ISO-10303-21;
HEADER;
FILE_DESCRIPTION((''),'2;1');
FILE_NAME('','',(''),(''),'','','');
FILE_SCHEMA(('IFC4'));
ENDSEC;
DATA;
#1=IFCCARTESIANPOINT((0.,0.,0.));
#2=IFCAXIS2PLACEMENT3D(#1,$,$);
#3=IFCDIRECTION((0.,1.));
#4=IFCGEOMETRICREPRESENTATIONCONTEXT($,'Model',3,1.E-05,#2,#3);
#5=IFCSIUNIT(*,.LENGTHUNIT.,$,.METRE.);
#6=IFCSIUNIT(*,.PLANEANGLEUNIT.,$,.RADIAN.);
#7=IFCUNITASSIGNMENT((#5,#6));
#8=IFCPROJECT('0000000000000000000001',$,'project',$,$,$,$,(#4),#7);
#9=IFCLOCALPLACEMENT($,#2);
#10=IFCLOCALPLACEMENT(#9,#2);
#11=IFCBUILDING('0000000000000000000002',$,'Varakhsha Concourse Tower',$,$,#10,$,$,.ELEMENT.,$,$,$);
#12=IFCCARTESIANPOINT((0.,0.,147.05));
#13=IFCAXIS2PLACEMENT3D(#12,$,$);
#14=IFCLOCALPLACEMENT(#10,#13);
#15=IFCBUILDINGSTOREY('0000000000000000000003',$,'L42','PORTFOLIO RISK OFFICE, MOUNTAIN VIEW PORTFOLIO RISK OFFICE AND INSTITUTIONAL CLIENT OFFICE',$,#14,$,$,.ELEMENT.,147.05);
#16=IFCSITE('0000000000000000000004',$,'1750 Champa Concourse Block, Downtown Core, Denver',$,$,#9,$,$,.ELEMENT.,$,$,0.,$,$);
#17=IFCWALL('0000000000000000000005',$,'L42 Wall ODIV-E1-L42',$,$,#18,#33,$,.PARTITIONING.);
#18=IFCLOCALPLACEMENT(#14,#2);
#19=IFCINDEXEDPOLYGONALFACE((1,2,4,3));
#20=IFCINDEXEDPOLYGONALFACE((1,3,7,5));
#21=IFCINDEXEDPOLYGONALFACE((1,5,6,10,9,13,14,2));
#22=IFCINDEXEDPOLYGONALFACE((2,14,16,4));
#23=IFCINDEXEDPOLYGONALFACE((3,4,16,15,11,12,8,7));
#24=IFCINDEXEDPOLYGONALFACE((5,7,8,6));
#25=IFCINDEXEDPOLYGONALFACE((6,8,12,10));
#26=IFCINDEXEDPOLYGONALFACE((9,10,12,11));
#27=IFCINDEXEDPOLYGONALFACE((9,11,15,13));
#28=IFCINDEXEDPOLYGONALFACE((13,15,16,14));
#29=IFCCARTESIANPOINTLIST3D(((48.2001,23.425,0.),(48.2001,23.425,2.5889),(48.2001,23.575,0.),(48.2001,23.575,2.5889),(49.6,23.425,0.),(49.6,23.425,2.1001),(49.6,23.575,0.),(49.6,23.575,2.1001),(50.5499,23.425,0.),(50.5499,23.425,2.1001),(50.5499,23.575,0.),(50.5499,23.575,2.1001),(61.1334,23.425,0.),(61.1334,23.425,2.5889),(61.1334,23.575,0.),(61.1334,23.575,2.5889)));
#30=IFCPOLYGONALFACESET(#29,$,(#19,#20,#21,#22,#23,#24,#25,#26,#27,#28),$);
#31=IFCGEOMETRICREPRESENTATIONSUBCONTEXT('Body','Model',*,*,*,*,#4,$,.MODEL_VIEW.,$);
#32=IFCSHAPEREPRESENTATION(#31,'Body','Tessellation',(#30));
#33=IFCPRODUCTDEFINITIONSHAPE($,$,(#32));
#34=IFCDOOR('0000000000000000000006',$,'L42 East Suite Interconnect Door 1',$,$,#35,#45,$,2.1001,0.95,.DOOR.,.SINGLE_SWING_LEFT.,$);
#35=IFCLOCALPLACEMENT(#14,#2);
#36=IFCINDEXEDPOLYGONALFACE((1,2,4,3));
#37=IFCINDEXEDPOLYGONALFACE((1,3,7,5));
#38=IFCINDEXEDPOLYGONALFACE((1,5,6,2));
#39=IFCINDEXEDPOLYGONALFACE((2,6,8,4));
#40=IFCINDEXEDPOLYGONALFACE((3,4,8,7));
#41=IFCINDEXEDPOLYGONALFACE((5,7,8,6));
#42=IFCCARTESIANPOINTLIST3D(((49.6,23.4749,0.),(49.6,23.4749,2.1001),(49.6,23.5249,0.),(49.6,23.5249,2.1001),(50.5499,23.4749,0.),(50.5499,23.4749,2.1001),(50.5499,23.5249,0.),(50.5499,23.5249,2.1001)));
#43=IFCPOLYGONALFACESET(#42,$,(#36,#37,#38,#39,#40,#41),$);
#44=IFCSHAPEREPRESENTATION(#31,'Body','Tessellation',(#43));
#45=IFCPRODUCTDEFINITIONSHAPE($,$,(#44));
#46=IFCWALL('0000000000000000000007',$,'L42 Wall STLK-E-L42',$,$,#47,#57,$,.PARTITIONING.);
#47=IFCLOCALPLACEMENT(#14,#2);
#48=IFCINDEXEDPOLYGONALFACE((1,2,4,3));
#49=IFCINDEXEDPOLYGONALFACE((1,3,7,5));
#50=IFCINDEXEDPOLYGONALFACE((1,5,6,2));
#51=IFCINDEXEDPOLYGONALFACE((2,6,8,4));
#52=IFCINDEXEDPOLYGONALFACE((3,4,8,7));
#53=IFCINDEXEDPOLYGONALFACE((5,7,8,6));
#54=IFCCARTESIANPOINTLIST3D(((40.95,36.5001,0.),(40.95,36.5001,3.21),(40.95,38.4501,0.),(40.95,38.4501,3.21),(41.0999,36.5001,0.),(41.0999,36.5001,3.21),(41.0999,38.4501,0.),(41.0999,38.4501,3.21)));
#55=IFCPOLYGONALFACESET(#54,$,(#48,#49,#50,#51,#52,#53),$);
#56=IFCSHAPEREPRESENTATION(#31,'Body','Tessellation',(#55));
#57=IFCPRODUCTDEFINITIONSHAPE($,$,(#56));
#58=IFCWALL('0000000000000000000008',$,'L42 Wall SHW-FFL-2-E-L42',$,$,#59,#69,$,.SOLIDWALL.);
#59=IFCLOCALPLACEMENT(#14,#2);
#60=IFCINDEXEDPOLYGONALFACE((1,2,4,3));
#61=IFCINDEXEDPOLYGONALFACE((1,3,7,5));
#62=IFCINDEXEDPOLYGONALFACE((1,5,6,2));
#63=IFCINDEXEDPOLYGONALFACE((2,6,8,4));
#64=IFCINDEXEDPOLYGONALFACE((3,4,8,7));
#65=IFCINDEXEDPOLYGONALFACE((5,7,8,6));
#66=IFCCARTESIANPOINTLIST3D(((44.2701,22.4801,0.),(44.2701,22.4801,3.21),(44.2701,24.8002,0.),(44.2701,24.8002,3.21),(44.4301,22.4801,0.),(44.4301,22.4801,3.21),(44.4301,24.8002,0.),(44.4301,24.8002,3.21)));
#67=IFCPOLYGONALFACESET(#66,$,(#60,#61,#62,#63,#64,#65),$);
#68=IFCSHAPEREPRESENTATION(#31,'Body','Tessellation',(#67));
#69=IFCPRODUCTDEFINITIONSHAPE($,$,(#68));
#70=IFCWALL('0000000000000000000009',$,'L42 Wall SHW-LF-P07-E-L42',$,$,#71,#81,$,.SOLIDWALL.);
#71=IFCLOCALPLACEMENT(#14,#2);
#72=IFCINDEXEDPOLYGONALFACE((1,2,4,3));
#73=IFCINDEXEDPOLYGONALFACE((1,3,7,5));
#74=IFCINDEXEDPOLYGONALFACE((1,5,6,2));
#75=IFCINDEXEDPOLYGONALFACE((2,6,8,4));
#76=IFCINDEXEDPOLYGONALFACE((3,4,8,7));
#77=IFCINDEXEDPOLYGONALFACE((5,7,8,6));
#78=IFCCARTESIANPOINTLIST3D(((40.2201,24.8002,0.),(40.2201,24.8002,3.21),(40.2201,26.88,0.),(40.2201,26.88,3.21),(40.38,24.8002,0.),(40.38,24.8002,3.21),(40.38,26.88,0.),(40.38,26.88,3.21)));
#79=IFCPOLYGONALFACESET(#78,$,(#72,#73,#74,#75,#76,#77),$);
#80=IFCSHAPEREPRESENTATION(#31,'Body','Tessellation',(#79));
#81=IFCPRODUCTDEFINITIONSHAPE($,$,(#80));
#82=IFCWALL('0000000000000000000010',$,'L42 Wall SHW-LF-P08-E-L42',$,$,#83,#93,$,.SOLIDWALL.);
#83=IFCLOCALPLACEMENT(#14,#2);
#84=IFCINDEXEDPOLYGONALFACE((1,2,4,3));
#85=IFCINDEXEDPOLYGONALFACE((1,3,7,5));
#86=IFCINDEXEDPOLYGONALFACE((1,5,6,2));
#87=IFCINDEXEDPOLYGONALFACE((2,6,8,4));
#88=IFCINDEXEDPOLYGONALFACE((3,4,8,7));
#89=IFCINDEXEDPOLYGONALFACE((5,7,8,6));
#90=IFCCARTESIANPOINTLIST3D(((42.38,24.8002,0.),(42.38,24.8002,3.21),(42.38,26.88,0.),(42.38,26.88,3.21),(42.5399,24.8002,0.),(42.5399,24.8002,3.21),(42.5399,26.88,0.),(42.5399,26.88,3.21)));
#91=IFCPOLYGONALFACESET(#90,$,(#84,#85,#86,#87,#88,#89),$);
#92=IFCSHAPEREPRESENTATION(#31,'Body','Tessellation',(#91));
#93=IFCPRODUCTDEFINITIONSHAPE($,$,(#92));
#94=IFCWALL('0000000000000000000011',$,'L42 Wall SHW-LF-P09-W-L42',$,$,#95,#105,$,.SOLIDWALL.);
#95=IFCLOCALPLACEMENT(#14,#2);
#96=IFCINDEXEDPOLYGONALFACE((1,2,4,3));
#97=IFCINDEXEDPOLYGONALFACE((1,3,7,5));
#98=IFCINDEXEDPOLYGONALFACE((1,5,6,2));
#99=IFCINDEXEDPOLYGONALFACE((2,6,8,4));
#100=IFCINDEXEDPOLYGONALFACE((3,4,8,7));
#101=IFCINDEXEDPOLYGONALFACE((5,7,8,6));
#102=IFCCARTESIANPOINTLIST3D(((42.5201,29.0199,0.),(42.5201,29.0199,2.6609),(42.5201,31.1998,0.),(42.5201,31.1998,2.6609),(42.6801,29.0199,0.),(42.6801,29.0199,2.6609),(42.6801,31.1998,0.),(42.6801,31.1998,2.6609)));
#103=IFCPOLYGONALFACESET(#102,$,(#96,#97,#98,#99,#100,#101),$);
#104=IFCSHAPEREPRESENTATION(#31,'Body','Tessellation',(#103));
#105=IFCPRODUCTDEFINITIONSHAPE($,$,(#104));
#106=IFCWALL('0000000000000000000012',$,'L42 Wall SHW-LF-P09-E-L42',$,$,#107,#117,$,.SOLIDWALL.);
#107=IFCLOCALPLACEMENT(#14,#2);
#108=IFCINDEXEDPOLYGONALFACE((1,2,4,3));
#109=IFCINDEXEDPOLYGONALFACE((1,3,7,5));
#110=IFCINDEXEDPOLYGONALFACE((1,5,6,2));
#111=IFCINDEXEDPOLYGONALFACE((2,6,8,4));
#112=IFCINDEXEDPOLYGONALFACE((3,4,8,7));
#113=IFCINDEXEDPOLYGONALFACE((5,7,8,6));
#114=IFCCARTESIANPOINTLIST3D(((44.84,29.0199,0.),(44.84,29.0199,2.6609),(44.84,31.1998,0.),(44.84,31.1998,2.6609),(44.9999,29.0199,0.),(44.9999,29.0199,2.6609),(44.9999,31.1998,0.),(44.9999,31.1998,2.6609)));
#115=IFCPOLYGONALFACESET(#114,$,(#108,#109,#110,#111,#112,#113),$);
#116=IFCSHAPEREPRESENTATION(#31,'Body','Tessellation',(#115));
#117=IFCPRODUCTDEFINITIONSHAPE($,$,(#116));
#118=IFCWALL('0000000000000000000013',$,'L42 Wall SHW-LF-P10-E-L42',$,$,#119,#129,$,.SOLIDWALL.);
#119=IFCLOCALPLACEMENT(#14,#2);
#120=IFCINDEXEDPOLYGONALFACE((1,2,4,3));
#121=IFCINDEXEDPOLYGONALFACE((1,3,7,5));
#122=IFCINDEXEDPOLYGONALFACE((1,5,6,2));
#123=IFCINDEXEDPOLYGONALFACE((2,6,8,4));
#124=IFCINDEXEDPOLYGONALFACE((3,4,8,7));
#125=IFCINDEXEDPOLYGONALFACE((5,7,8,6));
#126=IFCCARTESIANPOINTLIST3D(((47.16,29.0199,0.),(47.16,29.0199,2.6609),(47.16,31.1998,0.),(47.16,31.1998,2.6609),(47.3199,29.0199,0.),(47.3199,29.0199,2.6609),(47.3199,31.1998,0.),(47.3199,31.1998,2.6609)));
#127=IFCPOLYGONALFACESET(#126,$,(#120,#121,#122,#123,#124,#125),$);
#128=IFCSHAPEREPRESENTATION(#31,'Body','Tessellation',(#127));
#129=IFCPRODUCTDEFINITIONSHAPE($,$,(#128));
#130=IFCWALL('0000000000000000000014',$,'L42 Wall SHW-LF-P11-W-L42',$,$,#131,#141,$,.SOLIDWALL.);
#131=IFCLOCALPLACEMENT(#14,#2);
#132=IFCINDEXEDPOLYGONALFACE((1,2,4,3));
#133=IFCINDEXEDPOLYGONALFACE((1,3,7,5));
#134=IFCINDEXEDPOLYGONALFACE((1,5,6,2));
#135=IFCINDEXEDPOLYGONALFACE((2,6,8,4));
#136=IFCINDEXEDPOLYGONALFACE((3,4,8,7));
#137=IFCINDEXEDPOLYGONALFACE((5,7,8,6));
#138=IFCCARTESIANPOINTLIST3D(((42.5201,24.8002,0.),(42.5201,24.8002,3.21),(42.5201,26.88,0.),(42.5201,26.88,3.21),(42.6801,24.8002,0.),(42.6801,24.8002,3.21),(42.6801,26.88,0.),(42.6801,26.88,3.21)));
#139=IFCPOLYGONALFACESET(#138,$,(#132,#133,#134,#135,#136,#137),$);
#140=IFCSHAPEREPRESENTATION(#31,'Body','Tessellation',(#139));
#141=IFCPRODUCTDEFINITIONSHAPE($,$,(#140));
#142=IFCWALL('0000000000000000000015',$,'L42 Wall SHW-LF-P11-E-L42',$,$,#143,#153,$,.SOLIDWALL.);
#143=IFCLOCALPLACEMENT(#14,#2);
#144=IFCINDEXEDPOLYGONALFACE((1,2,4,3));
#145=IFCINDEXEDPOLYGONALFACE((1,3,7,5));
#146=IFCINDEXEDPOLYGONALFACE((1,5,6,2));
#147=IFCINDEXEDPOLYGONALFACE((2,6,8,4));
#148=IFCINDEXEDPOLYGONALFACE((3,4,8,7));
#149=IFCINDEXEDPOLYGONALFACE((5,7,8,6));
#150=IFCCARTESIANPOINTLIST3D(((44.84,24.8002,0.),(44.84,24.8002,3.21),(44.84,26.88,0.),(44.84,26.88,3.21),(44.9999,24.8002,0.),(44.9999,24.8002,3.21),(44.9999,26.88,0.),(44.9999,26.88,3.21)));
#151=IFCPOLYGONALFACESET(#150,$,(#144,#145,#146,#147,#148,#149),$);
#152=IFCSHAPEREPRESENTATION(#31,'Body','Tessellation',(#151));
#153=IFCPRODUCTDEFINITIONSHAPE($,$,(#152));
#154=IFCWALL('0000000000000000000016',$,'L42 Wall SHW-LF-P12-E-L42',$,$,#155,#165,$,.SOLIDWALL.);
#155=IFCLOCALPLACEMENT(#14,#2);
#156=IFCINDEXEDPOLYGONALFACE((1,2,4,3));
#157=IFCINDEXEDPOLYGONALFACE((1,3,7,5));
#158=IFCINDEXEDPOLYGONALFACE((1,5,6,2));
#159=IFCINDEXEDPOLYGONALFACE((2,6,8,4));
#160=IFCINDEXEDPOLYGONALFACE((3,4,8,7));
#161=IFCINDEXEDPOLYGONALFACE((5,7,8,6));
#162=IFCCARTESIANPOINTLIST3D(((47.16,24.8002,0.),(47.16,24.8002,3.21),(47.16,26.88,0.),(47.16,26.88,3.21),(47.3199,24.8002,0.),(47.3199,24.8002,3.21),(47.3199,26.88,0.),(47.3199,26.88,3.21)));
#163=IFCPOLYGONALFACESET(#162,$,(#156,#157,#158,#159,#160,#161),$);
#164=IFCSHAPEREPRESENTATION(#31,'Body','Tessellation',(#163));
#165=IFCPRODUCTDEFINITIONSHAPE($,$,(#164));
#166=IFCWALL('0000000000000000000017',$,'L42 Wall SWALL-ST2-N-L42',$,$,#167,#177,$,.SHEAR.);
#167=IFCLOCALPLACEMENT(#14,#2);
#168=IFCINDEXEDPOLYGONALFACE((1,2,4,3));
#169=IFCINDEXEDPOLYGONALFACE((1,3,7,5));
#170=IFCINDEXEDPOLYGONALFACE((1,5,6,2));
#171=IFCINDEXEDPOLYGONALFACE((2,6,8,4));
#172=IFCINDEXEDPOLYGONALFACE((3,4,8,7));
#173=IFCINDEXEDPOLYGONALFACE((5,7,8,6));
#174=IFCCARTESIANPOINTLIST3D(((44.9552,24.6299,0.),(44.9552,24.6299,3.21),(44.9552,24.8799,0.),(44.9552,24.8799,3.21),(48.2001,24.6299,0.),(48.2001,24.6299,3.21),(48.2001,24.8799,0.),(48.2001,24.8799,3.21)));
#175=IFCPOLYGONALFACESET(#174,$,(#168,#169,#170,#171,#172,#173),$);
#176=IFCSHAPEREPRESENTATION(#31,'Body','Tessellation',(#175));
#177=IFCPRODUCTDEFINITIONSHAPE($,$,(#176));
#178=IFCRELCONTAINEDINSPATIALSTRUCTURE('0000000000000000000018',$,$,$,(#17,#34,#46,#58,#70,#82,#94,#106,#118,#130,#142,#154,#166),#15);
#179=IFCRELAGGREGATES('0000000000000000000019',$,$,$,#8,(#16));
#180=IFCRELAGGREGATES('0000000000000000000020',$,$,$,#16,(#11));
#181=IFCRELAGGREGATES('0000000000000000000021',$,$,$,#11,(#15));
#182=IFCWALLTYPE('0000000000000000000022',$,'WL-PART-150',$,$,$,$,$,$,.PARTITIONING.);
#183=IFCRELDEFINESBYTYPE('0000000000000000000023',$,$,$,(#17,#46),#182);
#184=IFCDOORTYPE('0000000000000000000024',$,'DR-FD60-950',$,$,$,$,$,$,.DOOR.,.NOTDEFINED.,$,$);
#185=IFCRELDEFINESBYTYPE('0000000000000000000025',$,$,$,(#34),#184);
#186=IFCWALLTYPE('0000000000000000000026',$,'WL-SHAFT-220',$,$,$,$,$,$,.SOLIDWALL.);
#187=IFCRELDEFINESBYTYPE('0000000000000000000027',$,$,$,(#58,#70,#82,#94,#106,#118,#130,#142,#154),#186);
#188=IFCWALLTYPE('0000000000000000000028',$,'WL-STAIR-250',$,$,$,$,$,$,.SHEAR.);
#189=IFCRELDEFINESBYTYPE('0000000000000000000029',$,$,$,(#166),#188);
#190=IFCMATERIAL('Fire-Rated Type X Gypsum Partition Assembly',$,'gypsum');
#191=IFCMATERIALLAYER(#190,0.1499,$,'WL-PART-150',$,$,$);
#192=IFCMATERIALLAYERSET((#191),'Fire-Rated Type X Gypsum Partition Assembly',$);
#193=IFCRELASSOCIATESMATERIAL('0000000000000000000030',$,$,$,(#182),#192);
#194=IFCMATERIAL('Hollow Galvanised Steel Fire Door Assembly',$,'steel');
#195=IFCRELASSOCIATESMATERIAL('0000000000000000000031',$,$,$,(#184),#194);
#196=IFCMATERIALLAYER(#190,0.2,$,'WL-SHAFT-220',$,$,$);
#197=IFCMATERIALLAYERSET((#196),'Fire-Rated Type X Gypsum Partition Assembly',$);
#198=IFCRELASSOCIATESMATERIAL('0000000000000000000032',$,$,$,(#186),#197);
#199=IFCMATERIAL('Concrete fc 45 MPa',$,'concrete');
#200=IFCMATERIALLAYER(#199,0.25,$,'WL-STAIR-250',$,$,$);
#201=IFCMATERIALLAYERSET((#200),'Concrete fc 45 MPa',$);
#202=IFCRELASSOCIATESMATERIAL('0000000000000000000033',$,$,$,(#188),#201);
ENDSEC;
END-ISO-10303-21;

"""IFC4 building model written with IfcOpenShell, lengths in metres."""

from ifc_helpers import new_model, si_unit, direction, frame, frame_2d, origin, place, context, subcontext, project, spatial, rectangle, extrude, material, layer, layer_set, type_object, element, fill, save


model = new_model("IFC4")

# Units and contexts
model_context = context("Model", 3, precision=1e-05, world=origin(), true_north=direction((0.0, 1.0)))
body_context = subcontext(model_context, "Body", "Model", "MODEL_VIEW")
ifc_project = project(units=[si_unit("LENGTHUNIT", "METRE"), si_unit("PLANEANGLEUNIT", "RADIAN")], contexts=[model_context])

# Site, building, storey
site_placement = place(None, origin())
site = spatial("IfcSite", under=ifc_project, at=site_placement, Name="1750 Champa Concourse Block, Downtown Core, Denver", CompositionType="ELEMENT", RefElevation=0.0)
building_placement = place(site_placement, origin())
building = spatial("IfcBuilding", under=site, at=building_placement, Name="Varakhsha Concourse Tower", CompositionType="ELEMENT")
storey_placement = place(building_placement, frame((0.0, 0.0, 147.05)))
storey = spatial("IfcBuildingStorey", under=building, at=storey_placement, Name="L42", Description="PORTFOLIO RISK OFFICE, MOUNTAIN VIEW PORTFOLIO RISK OFFICE AND INSTITUTIONAL CLIENT OFFICE", CompositionType="ELEMENT", Elevation=147.05)

# Shared definitions
ifc_material_1 = material(Name="Fire-Rated Type X Gypsum Partition Assembly", Category="gypsum")
ifc_layer_1 = layer(ifc_material_1, 0.1499, Name="WL-PART-150")
ifc_layer_set_1 = layer_set([ifc_layer_1], Name="Fire-Rated Type X Gypsum Partition Assembly")
wall_type_1 = type_object("IfcWallType", Name="WL-PART-150", PredefinedType="PARTITIONING", material=ifc_layer_set_1)

# Wall, opening, door
wall_1_placement = place(storey_placement, frame((48.2, 23.5, 0.0), z_axis=(0.0, 0.0, 1.0), x_axis=(1.0, 0.0, 0.0)))
wall_1 = element("IfcWall", 1, at=wall_1_placement, inside=storey, type_object=wall_type_1, Name="L42 Wall ODIV-E1-L42", PredefinedType="PARTITIONING", context=body_context, shape_type="SweptSolid", body=[
    extrude(rectangle(XDim=12.9333, YDim=0.1499, at=frame_2d((6.4668, 0.0))), origin(), (0.0, 0.0, 1.0), 2.5889),
])
opening_placement = place(wall_1_placement, frame((1.3999, 0.0, 0.0)))
opening = element("IfcOpeningElement", 2, at=opening_placement, cuts=wall_1, PredefinedType="OPENING", context=body_context, shape_type="SweptSolid", body=[
    extrude(rectangle(XDim=0.95, YDim=2.1001, at=frame_2d((0.4751, 1.05))), frame((0.0, 0.085, 0.0), z_axis=(0.0, -1.0, 0.0), x_axis=(1.0, 0.0, 0.0)), (0.0, 0.0, 1.0), 0.1699),
])
ifc_material_2 = material(Name="Hollow Galvanised Steel Fire Door Assembly", Category="steel")
door_type = type_object("IfcDoorType", Name="DR-FD60-950", OperationType="NOTDEFINED", PredefinedType="DOOR", material=ifc_material_2)
door_placement = place(opening_placement, origin())
door = element("IfcDoor", 3, at=door_placement, inside=storey, type_object=door_type, Name="L42 East Suite Interconnect Door 1", OperationType="SINGLE_SWING_LEFT", OverallHeight=2.1001, OverallWidth=0.95, PredefinedType="DOOR", context=body_context, shape_type="SweptSolid", body=[
    extrude(rectangle(XDim=0.95, YDim=2.1001, at=frame_2d((0.4751, 1.05))), frame((0.0, 0.0249, 0.0), z_axis=(0.0, -1.0, 0.0), x_axis=(1.0, 0.0, 0.0)), (0.0, 0.0, 1.0), 0.05),
])
fill(opening, door)

# Walls
wall_2_placement = place(storey_placement, frame((41.0249, 36.5, 0.0), z_axis=(0.0, 0.0, 1.0), x_axis=(0.0, 1.0, 0.0)))
element("IfcWall", 4, at=wall_2_placement, inside=storey, type_object=wall_type_1, Name="L42 Wall STLK-E-L42", PredefinedType="PARTITIONING", context=body_context, shape_type="SweptSolid", body=[
    extrude(rectangle(XDim=1.95, YDim=0.1499, at=frame_2d((0.9751, 0.0))), origin(), (0.0, 0.0, 1.0), 3.21),
])
ifc_layer_2 = layer(ifc_material_1, 0.2, Name="WL-SHAFT-220")
ifc_layer_set_2 = layer_set([ifc_layer_2], Name="Fire-Rated Type X Gypsum Partition Assembly")
wall_type_2 = type_object("IfcWallType", Name="WL-SHAFT-220", PredefinedType="SOLIDWALL", material=ifc_layer_set_2)
wall_3_placement = place(storey_placement, frame((44.3501, 22.48, 0.0), z_axis=(0.0, 0.0, 1.0), x_axis=(0.0, 1.0, 0.0)))
element("IfcWall", 5, at=wall_3_placement, inside=storey, type_object=wall_type_2, Name="L42 Wall SHW-FFL-2-E-L42", PredefinedType="SOLIDWALL", context=body_context, shape_type="SweptSolid", body=[
    extrude(rectangle(XDim=2.3201, YDim=0.1599, at=frame_2d((1.1602, 0.0))), origin(), (0.0, 0.0, 1.0), 3.21),
])
for number, where, z_axis, x_axis, name in (
    (6, (40.3, 24.8, 0.0), (0.0, 0.0, 1.0), (0.0, 1.0, 0.0), "L42 Wall SHW-LF-P07-E-L42"),
    (7, (42.46, 24.8, 0.0), (0.0, 0.0, 1.0), (0.0, 1.0, 0.0), "L42 Wall SHW-LF-P08-E-L42"),
):
    element("IfcWall", number, at=place(storey_placement, frame(where, z_axis=z_axis, x_axis=x_axis)), inside=storey, type_object=wall_type_2, Name=name, PredefinedType="SOLIDWALL", context=body_context, shape_type="SweptSolid", body=[
        extrude(rectangle(XDim=2.0798, YDim=0.1599, at=frame_2d((1.04, 0.0))), origin(), (0.0, 0.0, 1.0), 3.21),
    ])
for number, where, z_axis, x_axis, name in (
    (8, (42.6001, 29.02, 0.0), (0.0, 0.0, 1.0), (0.0, 1.0, 0.0), "L42 Wall SHW-LF-P09-W-L42"),
    (9, (44.9199, 29.02, 0.0), (0.0, 0.0, 1.0), (0.0, 1.0, 0.0), "L42 Wall SHW-LF-P09-E-L42"),
    (10, (47.24, 29.02, 0.0), (0.0, 0.0, 1.0), (0.0, 1.0, 0.0), "L42 Wall SHW-LF-P10-E-L42"),
):
    element("IfcWall", number, at=place(storey_placement, frame(where, z_axis=z_axis, x_axis=x_axis)), inside=storey, type_object=wall_type_2, Name=name, PredefinedType="SOLIDWALL", context=body_context, shape_type="SweptSolid", body=[
        extrude(rectangle(XDim=2.1799, YDim=0.1599, at=frame_2d((1.0898, 0.0))), origin(), (0.0, 0.0, 1.0), 2.6609),
    ])
for number, where, z_axis, x_axis, name in (
    (11, (42.6001, 24.8, 0.0), (0.0, 0.0, 1.0), (0.0, 1.0, 0.0), "L42 Wall SHW-LF-P11-W-L42"),
    (12, (44.9199, 24.8, 0.0), (0.0, 0.0, 1.0), (0.0, 1.0, 0.0), "L42 Wall SHW-LF-P11-E-L42"),
    (13, (47.24, 24.8, 0.0), (0.0, 0.0, 1.0), (0.0, 1.0, 0.0), "L42 Wall SHW-LF-P12-E-L42"),
):
    element("IfcWall", number, at=place(storey_placement, frame(where, z_axis=z_axis, x_axis=x_axis)), inside=storey, type_object=wall_type_2, Name=name, PredefinedType="SOLIDWALL", context=body_context, shape_type="SweptSolid", body=[
        extrude(rectangle(XDim=2.0798, YDim=0.1599, at=frame_2d((1.04, 0.0))), origin(), (0.0, 0.0, 1.0), 3.21),
    ])
ifc_material_3 = material(Name="Concrete fc 45 MPa", Category="concrete")
ifc_layer_3 = layer(ifc_material_3, 0.25, Name="WL-STAIR-250")
ifc_layer_set_3 = layer_set([ifc_layer_3], Name="Concrete fc 45 MPa")
wall_type_3 = type_object("IfcWallType", Name="WL-STAIR-250", PredefinedType="SHEAR", material=ifc_layer_set_3)
wall_4_placement = place(storey_placement, frame((44.9551, 24.7549, 0.0), z_axis=(0.0, 0.0, 1.0), x_axis=(1.0, 0.0, 0.0)))
element("IfcWall", 14, at=wall_4_placement, inside=storey, type_object=wall_type_3, Name="L42 Wall SWALL-ST2-N-L42", PredefinedType="SHEAR", context=body_context, shape_type="SweptSolid", body=[
    extrude(rectangle(XDim=3.2449, YDim=0.25, at=frame_2d((1.6226, 0.0))), origin(), (0.0, 0.0, 1.0), 3.21),
])

save(model, "model.ifc")
